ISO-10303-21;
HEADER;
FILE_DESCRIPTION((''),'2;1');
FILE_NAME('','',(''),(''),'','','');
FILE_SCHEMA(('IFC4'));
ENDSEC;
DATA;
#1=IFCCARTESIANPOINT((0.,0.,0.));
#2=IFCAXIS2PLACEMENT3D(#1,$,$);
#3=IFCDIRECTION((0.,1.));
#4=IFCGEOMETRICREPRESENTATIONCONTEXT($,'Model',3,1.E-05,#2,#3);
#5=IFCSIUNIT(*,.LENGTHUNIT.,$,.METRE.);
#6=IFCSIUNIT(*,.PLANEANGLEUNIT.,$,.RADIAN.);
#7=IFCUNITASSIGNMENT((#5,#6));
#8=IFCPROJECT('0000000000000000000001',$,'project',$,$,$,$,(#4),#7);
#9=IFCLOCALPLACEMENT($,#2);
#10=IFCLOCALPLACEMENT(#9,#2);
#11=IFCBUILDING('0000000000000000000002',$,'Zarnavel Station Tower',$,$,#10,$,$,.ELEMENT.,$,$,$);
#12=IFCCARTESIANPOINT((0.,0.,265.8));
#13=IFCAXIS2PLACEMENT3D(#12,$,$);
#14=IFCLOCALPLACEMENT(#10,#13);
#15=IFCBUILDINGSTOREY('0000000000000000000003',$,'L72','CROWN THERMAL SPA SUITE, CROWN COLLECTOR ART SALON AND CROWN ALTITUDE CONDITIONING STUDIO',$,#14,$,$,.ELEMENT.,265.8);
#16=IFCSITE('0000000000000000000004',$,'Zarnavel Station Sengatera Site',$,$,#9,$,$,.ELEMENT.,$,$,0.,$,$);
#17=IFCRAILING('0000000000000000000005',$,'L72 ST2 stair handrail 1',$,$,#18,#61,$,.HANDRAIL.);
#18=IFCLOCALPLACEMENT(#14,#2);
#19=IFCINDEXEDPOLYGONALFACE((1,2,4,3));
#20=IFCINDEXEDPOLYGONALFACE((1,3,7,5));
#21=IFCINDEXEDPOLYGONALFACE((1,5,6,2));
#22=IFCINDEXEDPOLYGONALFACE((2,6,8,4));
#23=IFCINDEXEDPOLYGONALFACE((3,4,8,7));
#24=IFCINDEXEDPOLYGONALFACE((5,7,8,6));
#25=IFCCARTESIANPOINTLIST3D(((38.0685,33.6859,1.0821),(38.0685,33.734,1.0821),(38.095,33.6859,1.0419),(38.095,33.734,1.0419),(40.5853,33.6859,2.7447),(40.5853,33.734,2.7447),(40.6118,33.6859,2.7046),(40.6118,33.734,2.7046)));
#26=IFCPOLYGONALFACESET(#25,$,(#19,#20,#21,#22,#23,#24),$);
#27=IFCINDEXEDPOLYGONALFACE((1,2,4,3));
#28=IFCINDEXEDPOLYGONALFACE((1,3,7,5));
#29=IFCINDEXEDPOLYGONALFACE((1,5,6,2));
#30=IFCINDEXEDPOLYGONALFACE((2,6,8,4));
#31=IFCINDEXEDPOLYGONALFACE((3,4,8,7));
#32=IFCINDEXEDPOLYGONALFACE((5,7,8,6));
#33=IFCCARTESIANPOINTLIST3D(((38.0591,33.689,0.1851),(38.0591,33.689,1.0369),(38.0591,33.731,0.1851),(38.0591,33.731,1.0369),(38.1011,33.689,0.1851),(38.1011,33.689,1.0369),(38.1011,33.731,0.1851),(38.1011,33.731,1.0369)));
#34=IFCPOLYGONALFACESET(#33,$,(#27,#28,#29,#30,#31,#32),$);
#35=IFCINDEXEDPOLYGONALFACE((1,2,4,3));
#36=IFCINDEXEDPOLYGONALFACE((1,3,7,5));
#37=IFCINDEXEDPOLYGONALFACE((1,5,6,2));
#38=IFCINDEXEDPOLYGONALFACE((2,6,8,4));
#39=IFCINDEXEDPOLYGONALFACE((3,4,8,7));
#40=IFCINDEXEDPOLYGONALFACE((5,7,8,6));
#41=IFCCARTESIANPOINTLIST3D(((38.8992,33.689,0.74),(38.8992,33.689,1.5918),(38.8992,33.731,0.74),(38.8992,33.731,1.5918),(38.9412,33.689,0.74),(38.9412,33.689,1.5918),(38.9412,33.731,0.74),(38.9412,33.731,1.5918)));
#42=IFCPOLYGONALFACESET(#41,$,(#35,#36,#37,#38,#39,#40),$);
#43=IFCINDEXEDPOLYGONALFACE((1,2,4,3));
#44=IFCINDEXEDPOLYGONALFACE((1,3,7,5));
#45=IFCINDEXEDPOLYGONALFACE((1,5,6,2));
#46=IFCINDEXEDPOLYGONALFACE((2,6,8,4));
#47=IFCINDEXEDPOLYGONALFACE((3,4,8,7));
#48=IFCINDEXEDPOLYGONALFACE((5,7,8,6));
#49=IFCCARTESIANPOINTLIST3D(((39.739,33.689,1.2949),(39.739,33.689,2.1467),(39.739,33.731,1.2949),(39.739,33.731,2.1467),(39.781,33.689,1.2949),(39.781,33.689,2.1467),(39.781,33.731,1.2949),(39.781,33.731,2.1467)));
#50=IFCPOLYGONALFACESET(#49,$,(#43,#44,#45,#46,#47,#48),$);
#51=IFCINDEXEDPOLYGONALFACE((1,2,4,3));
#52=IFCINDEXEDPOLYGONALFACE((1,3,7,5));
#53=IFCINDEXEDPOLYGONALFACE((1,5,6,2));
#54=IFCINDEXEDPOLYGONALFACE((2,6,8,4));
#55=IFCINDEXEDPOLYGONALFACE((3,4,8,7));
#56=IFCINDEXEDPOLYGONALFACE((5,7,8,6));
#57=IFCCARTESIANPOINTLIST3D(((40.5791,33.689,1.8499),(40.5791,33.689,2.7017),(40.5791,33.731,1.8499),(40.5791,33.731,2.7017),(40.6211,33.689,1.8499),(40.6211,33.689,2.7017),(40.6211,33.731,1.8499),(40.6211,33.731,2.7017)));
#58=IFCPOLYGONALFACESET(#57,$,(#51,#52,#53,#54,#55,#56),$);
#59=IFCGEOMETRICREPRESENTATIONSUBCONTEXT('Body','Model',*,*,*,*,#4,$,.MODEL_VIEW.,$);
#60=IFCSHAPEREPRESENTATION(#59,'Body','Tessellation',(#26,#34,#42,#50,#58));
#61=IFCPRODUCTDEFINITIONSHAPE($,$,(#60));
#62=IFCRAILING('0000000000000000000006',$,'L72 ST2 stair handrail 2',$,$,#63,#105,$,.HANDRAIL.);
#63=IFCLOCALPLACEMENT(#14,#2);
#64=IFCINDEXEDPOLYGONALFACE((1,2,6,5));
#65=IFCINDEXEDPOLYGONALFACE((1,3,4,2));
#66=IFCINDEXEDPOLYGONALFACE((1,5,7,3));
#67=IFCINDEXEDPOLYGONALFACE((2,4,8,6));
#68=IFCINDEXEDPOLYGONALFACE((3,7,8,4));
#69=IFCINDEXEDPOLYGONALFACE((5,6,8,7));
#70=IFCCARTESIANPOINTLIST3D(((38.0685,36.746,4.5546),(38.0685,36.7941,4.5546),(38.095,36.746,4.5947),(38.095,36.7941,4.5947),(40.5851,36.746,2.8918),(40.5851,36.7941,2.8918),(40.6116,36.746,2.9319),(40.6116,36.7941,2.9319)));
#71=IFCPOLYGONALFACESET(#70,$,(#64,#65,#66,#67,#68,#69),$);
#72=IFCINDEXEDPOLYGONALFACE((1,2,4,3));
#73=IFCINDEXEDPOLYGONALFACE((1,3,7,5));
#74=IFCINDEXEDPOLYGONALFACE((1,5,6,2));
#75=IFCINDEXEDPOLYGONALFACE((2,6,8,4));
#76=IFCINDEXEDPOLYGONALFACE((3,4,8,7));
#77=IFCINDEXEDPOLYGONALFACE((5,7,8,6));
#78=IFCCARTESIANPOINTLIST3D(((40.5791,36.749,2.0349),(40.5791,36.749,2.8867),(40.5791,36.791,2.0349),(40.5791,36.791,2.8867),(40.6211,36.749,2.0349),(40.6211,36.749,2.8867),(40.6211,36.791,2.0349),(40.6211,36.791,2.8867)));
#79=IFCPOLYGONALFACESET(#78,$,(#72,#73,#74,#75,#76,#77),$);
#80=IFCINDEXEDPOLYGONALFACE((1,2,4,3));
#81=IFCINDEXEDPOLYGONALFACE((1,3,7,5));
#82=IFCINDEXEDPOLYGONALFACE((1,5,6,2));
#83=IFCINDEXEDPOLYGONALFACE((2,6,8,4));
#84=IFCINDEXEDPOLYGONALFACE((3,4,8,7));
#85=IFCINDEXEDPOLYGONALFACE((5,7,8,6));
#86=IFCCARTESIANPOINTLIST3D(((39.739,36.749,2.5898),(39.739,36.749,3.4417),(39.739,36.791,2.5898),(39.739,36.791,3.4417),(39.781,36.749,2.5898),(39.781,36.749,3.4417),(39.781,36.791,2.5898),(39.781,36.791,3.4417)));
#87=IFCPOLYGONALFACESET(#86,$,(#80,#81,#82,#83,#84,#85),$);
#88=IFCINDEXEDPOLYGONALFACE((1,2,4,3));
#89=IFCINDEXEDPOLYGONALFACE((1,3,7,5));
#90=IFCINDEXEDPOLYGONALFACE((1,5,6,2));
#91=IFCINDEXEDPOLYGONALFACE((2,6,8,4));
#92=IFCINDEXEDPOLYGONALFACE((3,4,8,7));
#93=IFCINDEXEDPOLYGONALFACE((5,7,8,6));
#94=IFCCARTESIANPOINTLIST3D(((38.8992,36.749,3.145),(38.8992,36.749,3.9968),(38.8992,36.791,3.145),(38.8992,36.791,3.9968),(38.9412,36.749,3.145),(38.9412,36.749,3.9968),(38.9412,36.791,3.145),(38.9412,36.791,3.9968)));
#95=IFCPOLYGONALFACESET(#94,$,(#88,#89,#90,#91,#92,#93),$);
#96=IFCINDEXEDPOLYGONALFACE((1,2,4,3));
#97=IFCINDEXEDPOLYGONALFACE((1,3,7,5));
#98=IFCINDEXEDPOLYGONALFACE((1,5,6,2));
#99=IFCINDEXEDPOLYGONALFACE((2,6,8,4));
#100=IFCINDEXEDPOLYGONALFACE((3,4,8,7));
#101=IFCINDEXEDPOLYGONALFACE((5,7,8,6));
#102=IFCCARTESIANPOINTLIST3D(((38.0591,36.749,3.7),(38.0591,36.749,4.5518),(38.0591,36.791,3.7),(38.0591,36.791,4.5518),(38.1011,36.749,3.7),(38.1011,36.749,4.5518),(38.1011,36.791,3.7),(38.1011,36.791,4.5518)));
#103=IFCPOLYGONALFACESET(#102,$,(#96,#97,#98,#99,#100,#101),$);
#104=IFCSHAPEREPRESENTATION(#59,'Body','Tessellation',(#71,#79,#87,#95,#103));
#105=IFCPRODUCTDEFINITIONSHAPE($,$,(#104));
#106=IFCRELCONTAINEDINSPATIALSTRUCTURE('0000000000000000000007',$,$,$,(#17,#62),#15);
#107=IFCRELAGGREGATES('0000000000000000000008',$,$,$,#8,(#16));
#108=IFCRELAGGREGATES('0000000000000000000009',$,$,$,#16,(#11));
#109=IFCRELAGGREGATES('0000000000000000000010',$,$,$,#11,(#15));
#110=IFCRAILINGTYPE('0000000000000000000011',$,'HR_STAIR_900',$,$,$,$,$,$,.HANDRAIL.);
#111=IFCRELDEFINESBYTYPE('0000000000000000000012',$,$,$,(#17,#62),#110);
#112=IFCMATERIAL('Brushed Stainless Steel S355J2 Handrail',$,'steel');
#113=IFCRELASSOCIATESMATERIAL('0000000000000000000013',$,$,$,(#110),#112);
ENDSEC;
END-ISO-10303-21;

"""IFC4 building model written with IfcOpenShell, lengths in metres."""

from ifc_helpers import new_model, si_unit, direction, frame, origin, origin_2d, place, context, subcontext, project, spatial, rectangle, extrude, material, type_object, element, save


model = new_model("IFC4")

# Units and contexts
model_context = context("Model", 3, precision=1e-05, world=origin(), true_north=direction((0.0, 1.0)))
body_context = subcontext(model_context, "Body", "Model", "MODEL_VIEW")
ifc_project = project(units=[si_unit("LENGTHUNIT", "METRE"), si_unit("PLANEANGLEUNIT", "RADIAN")], contexts=[model_context])

# Site, building, storey
site_placement = place(None, origin())
site = spatial("IfcSite", under=ifc_project, at=site_placement, Name="Zarnavel Station Sengatera Site", CompositionType="ELEMENT", RefElevation=0.0)
building_placement = place(site_placement, origin())
building = spatial("IfcBuilding", under=site, at=building_placement, Name="Zarnavel Station Tower", CompositionType="ELEMENT")
storey_placement = place(building_placement, frame((0.0, 0.0, 265.8)))
storey = spatial("IfcBuildingStorey", under=building, at=storey_placement, Name="L72", Description="CROWN THERMAL SPA SUITE, CROWN COLLECTOR ART SALON AND CROWN ALTITUDE CONDITIONING STUDIO", CompositionType="ELEMENT", Elevation=265.8)

# Railings
ifc_material_1 = material(Name="Brushed Stainless Steel S355J2 Handrail", Category="steel")
railing_type_1 = type_object("IfcRailingType", Name="HR_STAIR_900", PredefinedType="HANDRAIL", material=ifc_material_1)
railing_1_placement = place(storey_placement, frame((38.0801, 33.71, 0.1851)))
element("IfcRailing", 1, at=railing_1_placement, inside=storey, type_object=railing_type_1, Name="L72 ST2 stair handrail 1", PredefinedType="HANDRAIL", context=body_context, shape_type="SweptSolid", body=[
    extrude(rectangle(XDim=0.0481, YDim=0.0481, at=origin_2d()), frame((0.0017, 0.0, 0.877), z_axis=(0.834369, 0.0, 0.551207), x_axis=(0.0, 1.0, 0.0)), (0.0, 0.0, 1.0), 3.0164),
    extrude(rectangle(XDim=0.042, YDim=0.042, at=origin_2d()), origin(), (0.0, 0.0, 1.0), 0.8518),
    extrude(rectangle(XDim=0.042, YDim=0.042, at=origin_2d()), frame((0.8401, 0.0, 0.5549)), (0.0, 0.0, 1.0), 0.8518),
    extrude(rectangle(XDim=0.042, YDim=0.042, at=origin_2d()), frame((1.6799, 0.0, 1.1099)), (0.0, 0.0, 1.0), 0.8518),
    extrude(rectangle(XDim=0.042, YDim=0.042, at=origin_2d()), frame((2.52, 0.0, 1.6648)), (0.0, 0.0, 1.0), 0.8518),
])
railing_2_placement = place(storey_placement, frame((40.6001, 36.77, 2.0349)))
element("IfcRailing", 2, at=railing_2_placement, inside=storey, type_object=railing_type_1, Name="L72 ST2 stair handrail 2", PredefinedType="HANDRAIL", context=body_context, shape_type="SweptSolid", body=[
    extrude(rectangle(XDim=0.0481, YDim=0.0481, at=origin_2d()), frame((-0.0017, 0.0, 0.877), z_axis=(-0.834331, 0.0, 0.551263), x_axis=(0.0, -1.0, 0.0)), (0.0, 0.0, 1.0), 3.0164),
    extrude(rectangle(XDim=0.042, YDim=0.042, at=origin_2d()), origin(), (0.0, 0.0, 1.0), 0.8518),
    extrude(rectangle(XDim=0.042, YDim=0.042, at=origin_2d()), frame((-0.8401, 0.0, 0.5549)), (0.0, 0.0, 1.0), 0.8518),
    extrude(rectangle(XDim=0.042, YDim=0.042, at=origin_2d()), frame((-1.6799, 0.0, 1.1101)), (0.0, 0.0, 1.0), 0.8518),
    extrude(rectangle(XDim=0.042, YDim=0.042, at=origin_2d()), frame((-2.52, 0.0, 1.665)), (0.0, 0.0, 1.0), 0.8518),
])

save(model, "model.ifc")
